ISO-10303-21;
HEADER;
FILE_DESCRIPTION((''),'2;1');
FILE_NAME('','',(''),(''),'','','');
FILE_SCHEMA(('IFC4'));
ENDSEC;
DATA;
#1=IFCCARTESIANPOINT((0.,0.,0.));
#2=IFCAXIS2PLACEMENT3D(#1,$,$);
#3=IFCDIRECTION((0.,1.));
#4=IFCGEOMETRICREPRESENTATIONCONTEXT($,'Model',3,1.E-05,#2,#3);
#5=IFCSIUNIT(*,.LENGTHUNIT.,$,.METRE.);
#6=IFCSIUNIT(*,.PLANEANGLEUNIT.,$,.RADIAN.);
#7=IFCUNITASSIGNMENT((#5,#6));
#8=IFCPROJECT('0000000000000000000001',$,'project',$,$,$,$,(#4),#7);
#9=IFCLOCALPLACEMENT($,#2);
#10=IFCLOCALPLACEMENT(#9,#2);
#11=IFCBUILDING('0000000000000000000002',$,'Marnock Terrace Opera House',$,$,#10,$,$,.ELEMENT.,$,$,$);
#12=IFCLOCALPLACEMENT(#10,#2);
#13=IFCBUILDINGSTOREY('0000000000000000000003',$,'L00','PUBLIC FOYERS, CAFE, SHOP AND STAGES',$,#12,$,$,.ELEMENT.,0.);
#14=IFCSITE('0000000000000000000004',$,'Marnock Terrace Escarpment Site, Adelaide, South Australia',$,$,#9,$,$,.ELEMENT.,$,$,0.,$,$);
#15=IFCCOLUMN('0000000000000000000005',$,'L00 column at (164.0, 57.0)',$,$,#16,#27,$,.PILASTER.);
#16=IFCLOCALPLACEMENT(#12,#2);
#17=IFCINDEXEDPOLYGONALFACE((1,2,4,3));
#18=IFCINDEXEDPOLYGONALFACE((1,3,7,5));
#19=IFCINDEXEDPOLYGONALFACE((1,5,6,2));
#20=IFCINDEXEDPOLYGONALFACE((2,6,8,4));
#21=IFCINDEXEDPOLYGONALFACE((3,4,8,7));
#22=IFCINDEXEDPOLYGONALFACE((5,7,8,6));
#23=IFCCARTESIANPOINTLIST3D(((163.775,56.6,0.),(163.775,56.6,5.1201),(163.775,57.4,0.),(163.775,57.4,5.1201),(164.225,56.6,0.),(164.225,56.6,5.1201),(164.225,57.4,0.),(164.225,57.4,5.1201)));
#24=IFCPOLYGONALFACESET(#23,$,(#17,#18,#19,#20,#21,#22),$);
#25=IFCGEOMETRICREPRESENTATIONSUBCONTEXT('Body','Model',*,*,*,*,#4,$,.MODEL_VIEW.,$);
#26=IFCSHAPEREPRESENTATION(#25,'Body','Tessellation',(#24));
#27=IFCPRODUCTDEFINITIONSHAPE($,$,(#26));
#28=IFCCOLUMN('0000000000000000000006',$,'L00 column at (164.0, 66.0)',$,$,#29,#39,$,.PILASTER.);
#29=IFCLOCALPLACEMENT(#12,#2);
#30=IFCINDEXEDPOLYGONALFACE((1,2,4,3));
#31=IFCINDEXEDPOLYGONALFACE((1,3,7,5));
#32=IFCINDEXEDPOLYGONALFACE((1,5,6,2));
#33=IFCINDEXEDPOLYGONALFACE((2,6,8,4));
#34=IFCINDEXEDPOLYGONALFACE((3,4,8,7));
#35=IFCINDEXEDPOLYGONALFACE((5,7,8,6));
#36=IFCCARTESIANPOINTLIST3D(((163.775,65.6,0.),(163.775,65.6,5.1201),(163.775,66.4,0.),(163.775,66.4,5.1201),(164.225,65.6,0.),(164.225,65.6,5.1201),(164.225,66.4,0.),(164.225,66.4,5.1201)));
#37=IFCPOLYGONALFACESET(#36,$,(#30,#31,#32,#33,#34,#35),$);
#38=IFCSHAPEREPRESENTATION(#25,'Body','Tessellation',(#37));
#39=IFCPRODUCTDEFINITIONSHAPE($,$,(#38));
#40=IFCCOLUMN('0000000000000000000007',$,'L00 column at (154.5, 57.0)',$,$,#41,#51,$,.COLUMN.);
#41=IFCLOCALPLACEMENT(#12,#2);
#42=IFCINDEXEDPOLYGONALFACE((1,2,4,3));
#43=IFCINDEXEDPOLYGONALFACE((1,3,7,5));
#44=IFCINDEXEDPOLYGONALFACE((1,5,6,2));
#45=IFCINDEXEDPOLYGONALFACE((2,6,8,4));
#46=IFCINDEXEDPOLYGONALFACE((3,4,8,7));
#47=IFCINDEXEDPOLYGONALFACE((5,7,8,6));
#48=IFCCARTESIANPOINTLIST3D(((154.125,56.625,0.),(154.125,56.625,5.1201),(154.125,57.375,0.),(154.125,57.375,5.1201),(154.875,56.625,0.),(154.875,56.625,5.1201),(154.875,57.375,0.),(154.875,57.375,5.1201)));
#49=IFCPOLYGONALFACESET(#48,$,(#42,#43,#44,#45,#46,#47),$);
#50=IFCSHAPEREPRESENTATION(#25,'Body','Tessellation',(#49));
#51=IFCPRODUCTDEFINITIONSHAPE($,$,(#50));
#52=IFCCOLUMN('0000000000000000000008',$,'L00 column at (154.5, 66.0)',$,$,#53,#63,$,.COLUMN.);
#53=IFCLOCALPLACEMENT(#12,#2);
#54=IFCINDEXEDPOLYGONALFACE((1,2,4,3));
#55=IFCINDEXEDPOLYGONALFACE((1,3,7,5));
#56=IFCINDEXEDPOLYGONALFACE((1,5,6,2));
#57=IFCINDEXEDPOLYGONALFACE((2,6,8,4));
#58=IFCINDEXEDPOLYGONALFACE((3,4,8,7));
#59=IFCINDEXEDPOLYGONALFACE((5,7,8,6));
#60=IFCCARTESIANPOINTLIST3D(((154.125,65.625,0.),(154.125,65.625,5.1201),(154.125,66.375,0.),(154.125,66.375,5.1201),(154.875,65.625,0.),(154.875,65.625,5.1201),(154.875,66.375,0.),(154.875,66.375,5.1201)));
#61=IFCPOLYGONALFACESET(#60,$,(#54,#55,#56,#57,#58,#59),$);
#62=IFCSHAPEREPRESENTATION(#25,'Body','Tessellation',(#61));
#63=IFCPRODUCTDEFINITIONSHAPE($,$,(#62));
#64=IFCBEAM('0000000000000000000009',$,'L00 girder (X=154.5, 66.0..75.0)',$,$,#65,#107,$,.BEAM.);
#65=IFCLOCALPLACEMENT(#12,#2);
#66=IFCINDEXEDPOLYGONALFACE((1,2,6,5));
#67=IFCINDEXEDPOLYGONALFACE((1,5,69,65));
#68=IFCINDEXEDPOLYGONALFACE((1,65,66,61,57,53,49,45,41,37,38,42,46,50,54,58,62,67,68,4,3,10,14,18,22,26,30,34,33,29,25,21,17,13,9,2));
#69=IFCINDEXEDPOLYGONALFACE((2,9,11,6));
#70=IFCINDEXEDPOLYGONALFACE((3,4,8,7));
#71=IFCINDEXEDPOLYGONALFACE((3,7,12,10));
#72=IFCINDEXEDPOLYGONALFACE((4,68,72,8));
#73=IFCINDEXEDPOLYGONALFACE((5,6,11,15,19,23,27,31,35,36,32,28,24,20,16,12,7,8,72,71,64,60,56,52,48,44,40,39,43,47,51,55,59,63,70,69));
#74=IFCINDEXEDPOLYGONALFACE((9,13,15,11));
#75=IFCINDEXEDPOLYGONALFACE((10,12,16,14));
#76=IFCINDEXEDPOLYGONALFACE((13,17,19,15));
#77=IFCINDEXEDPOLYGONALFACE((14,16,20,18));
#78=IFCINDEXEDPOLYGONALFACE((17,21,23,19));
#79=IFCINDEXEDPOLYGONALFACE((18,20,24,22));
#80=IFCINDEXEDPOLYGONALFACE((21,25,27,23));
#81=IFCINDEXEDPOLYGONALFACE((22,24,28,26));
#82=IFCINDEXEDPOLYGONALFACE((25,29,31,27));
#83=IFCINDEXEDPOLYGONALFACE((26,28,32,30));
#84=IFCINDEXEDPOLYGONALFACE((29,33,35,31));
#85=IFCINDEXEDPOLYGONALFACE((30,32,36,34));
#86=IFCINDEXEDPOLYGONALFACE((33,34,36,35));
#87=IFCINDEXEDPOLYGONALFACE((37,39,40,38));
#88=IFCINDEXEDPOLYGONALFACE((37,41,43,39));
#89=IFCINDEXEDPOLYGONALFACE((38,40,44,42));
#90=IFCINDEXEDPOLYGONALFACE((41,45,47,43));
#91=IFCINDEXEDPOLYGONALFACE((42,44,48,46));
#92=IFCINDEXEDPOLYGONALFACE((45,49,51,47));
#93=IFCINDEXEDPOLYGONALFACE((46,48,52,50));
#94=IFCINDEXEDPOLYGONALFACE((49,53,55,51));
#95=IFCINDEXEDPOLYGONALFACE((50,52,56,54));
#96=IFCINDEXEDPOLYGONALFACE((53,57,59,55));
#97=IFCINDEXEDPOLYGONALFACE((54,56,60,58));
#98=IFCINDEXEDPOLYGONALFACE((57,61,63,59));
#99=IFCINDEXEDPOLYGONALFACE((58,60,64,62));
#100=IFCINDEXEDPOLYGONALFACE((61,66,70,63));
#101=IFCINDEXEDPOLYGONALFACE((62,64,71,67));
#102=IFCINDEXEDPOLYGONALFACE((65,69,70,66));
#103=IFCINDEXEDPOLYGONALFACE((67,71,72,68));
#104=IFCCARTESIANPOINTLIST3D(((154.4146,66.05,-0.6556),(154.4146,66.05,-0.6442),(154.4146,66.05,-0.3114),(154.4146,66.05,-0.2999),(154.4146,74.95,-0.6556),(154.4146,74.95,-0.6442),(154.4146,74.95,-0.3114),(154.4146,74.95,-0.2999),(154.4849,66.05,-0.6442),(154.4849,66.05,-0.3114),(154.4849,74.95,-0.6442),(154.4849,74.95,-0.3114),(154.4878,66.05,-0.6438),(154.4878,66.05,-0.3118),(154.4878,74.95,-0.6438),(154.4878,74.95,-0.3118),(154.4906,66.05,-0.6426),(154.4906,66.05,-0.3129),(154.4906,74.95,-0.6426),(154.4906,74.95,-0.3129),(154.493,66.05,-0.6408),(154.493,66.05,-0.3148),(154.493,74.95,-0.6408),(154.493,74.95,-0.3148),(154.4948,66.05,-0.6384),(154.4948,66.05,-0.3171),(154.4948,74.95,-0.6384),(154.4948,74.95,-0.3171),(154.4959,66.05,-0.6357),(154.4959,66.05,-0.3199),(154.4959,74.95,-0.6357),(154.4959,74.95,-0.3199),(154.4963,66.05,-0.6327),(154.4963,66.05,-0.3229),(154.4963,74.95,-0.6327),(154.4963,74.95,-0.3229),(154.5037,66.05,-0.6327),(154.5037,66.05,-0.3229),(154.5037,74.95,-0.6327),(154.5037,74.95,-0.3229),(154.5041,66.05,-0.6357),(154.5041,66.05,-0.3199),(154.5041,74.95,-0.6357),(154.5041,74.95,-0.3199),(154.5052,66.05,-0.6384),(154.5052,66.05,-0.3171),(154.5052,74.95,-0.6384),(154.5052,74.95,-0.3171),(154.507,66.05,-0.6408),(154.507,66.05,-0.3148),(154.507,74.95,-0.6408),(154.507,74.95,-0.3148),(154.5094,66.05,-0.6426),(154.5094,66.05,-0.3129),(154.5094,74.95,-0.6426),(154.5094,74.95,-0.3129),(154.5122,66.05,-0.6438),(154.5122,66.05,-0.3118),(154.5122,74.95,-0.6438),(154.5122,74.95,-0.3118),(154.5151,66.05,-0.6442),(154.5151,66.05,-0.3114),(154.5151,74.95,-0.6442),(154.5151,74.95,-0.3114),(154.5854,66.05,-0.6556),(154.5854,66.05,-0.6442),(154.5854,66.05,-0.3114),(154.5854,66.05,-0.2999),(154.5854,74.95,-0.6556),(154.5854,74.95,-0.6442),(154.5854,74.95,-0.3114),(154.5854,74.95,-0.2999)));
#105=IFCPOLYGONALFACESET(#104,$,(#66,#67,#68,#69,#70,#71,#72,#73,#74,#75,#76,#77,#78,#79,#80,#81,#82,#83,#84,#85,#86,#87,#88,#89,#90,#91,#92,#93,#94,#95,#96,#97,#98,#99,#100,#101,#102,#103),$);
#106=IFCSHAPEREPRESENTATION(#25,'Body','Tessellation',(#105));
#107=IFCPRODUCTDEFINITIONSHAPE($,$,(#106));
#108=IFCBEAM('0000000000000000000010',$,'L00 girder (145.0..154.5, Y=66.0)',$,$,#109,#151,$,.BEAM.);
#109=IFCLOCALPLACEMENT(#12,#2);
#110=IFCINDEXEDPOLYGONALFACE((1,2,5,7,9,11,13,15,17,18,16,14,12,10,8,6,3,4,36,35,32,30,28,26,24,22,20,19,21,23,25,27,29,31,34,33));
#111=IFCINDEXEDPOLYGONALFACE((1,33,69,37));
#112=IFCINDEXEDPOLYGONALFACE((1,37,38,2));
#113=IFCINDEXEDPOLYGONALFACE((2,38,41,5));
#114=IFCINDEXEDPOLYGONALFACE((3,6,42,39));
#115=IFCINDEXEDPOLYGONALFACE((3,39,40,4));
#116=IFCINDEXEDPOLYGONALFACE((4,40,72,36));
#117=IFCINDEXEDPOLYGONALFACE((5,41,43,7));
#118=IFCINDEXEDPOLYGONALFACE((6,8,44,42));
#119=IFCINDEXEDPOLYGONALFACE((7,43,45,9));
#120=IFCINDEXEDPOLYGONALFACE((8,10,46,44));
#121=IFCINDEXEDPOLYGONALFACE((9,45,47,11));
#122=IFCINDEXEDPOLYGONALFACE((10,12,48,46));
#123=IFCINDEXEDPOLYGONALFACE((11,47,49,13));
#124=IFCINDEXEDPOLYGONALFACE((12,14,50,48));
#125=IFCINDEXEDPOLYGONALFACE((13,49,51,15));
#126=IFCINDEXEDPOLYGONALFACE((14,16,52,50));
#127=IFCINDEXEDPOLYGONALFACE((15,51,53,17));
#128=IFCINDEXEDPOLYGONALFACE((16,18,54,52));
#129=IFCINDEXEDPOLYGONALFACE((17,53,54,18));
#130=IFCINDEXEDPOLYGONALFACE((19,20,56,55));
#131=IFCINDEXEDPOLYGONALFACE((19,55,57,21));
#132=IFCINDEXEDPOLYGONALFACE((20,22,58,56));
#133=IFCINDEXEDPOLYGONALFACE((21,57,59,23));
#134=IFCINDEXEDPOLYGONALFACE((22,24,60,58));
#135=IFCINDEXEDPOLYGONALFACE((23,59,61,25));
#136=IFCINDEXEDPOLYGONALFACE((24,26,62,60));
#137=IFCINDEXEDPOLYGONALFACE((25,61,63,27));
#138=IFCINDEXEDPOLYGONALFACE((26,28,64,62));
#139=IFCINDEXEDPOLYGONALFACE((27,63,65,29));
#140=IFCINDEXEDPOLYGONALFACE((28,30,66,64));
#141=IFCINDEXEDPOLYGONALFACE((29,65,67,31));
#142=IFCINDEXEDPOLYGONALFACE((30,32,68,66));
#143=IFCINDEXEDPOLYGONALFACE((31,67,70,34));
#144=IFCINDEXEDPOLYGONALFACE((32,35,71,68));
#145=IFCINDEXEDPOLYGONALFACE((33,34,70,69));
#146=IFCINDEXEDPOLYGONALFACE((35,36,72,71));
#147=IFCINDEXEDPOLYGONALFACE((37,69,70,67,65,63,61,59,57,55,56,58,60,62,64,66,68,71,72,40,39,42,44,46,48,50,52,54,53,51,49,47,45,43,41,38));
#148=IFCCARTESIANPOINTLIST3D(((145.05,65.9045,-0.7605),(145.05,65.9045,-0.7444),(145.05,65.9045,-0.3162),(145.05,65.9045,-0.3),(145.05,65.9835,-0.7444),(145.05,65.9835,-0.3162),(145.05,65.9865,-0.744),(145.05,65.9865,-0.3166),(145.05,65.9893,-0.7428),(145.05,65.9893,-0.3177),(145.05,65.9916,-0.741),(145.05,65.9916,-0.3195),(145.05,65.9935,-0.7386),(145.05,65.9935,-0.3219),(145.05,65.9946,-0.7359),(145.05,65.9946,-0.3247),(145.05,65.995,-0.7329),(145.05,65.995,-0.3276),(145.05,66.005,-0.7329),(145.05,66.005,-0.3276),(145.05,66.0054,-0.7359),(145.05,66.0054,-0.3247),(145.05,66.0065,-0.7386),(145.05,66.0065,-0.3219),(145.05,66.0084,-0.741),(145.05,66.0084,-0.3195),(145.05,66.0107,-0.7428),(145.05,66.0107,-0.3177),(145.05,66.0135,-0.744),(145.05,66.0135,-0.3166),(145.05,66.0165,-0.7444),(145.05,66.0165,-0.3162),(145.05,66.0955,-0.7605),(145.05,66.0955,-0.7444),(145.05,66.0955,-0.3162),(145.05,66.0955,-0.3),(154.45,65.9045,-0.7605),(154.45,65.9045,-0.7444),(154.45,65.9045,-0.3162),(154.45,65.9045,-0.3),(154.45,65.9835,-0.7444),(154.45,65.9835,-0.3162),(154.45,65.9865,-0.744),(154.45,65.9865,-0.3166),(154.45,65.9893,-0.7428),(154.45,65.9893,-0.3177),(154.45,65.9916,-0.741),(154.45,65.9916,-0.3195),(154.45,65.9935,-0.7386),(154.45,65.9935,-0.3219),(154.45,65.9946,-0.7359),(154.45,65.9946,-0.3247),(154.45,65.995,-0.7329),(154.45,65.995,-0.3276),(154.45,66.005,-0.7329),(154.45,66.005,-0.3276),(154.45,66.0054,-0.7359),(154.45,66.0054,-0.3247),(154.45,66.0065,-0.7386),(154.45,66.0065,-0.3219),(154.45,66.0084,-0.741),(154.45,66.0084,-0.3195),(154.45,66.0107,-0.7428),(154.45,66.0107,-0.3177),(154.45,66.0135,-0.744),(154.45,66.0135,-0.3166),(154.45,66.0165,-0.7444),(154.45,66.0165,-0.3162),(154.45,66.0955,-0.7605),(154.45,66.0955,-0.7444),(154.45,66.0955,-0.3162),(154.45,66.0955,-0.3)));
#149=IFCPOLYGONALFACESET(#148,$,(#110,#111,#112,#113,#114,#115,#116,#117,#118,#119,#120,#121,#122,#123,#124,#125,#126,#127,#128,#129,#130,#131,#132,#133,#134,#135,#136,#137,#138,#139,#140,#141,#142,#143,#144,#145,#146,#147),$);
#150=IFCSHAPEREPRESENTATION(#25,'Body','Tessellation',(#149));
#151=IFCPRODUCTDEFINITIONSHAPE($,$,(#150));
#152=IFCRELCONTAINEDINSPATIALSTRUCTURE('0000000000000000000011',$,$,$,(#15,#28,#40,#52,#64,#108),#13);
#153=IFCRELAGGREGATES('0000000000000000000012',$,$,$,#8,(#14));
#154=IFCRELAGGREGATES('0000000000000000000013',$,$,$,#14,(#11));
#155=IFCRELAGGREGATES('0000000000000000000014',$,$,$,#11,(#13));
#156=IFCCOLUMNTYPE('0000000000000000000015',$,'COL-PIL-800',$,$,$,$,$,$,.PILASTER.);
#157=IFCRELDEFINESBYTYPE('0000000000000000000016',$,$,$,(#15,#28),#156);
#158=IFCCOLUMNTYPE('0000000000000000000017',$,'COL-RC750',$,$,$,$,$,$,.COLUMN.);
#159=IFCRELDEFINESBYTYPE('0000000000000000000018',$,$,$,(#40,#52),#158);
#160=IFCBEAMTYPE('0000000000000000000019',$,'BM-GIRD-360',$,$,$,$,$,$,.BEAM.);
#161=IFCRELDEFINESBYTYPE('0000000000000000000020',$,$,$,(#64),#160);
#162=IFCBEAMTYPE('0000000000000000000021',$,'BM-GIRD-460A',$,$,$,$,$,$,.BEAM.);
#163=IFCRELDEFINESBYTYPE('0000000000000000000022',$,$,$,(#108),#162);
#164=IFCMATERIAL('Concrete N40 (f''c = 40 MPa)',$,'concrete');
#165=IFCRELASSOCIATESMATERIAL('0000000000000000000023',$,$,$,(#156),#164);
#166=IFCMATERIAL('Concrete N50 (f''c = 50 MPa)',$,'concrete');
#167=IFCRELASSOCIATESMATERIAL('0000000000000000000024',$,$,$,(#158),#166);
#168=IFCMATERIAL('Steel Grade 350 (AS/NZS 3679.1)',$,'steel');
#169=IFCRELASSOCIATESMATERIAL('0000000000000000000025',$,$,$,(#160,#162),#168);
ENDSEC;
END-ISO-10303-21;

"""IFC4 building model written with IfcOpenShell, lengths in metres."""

from ifc_helpers import new_model, si_unit, direction, frame, origin, origin_2d, place, context, subcontext, project, spatial, rectangle, i_section, extrude, material, material_profile, profile_set, type_object, element, save


model = new_model("IFC4")

# Units and contexts
model_context = context("Model", 3, precision=1e-05, world=origin(), true_north=direction((0.0, 1.0)))
body_context = subcontext(model_context, "Body", "Model", "MODEL_VIEW")
ifc_project = project(units=[si_unit("LENGTHUNIT", "METRE"), si_unit("PLANEANGLEUNIT", "RADIAN")], contexts=[model_context])

# Site, building, storey
site_placement = place(None, origin())
site = spatial("IfcSite", under=ifc_project, at=site_placement, Name="Marnock Terrace Escarpment Site, Adelaide, South Australia", CompositionType="ELEMENT", RefElevation=0.0)
building_placement = place(site_placement, origin())
building = spatial("IfcBuilding", under=site, at=building_placement, Name="Marnock Terrace Opera House", CompositionType="ELEMENT")
storey_placement = place(building_placement, origin())
storey = spatial("IfcBuildingStorey", under=building, at=storey_placement, Name="L00", Description="PUBLIC FOYERS, CAFE, SHOP AND STAGES", CompositionType="ELEMENT", Elevation=0.0)

# Columns
ifc_material_1 = material(Name="Concrete N40 (f'c = 40 MPa)", Category="concrete")
ifc_material_profile_1 = material_profile(ifc_material_1, rectangle(XDim=0.45, YDim=0.8, at=origin_2d()))
ifc_profile_set_1 = profile_set([ifc_material_profile_1], Name="Concrete N40 (f'c = 40 MPa)")
column_type_1 = type_object("IfcColumnType", Name="COL-PIL-800", PredefinedType="PILASTER", material=ifc_profile_set_1)
for number, where, z_axis, x_axis, name in (
    (1, (164.0, 57.0, 0.0), (0.0, 0.0, 1.0), (1.0, 0.0, 0.0), "L00 column at (164.0, 57.0)"),
    (2, (164.0, 66.0, 0.0), (0.0, 0.0, 1.0), (1.0, 0.0, 0.0), "L00 column at (164.0, 66.0)"),
):
    element("IfcColumn", number, at=place(storey_placement, frame(where, z_axis=z_axis, x_axis=x_axis)), inside=storey, type_object=column_type_1, Name=name, PredefinedType="PILASTER", context=body_context, shape_type="SweptSolid", body=[
        extrude(rectangle(XDim=0.45, YDim=0.8, at=origin_2d()), origin(), (0.0, 0.0, 1.0), 5.1201),
    ])
ifc_material_2 = material(Name="Concrete N50 (f'c = 50 MPa)", Category="concrete")
ifc_material_profile_2 = material_profile(ifc_material_2, rectangle(XDim=0.75, YDim=0.75, at=origin_2d()))
ifc_profile_set_2 = profile_set([ifc_material_profile_2], Name="Concrete N50 (f'c = 50 MPa)")
column_type_2 = type_object("IfcColumnType", Name="COL-RC750", PredefinedType="COLUMN", material=ifc_profile_set_2)
for number, where, z_axis, x_axis, name in (
    (3, (154.5, 57.0, 0.0), (0.0, 0.0, 1.0), (1.0, 0.0, 0.0), "L00 column at (154.5, 57.0)"),
    (4, (154.5, 66.0, 0.0), (0.0, 0.0, 1.0), (1.0, 0.0, 0.0), "L00 column at (154.5, 66.0)"),
):
    element("IfcColumn", number, at=place(storey_placement, frame(where, z_axis=z_axis, x_axis=x_axis)), inside=storey, type_object=column_type_2, Name=name, PredefinedType="COLUMN", context=body_context, shape_type="SweptSolid", body=[
        extrude(rectangle(XDim=0.75, YDim=0.75, at=origin_2d()), origin(), (0.0, 0.0, 1.0), 5.1201),
    ])

# Beams
ifc_material_3 = material(Name="Steel Grade 350 (AS/NZS 3679.1)", Category="steel")
ifc_material_profile_3 = material_profile(ifc_material_3, i_section(OverallWidth=0.1709, OverallDepth=0.3557, WebThickness=0.0073, FlangeThickness=0.0115, FilletRadius=0.0115, at=origin_2d()))
ifc_profile_set_3 = profile_set([ifc_material_profile_3], Name="Steel Grade 350 (AS/NZS 3679.1)")
beam_type_1 = type_object("IfcBeamType", Name="BM-GIRD-360", PredefinedType="BEAM", material=ifc_profile_set_3)
beam_1_placement = place(storey_placement, frame((154.5, 66.05, -0.4778), z_axis=(0.0, 1.0, 0.0), x_axis=(-1.0, 0.0, 0.0)))
element("IfcBeam", 5, at=beam_1_placement, inside=storey, type_object=beam_type_1, Name="L00 girder (X=154.5, 66.0..75.0)", PredefinedType="BEAM", context=body_context, shape_type="SweptSolid", body=[
    extrude(i_section(OverallWidth=0.1709, OverallDepth=0.3557, WebThickness=0.0073, FlangeThickness=0.0115, FilletRadius=0.0115, at=origin_2d()), origin(), (0.0, 0.0, 1.0), 8.8999),
])
ifc_material_profile_4 = material_profile(ifc_material_3, i_section(OverallWidth=0.1909, OverallDepth=0.4604, WebThickness=0.01, FlangeThickness=0.0161, FilletRadius=0.0115, at=origin_2d()))
ifc_profile_set_4 = profile_set([ifc_material_profile_4], Name="Steel Grade 350 (AS/NZS 3679.1)")
beam_type_2 = type_object("IfcBeamType", Name="BM-GIRD-460A", PredefinedType="BEAM", material=ifc_profile_set_4)
beam_2_placement = place(storey_placement, frame((145.05, 66.0, -0.5303), z_axis=(1.0, 0.0, 0.0), x_axis=(0.0, 1.0, 0.0)))
element("IfcBeam", 6, at=beam_2_placement, inside=storey, type_object=beam_type_2, Name="L00 girder (145.0..154.5, Y=66.0)", PredefinedType="BEAM", context=body_context, shape_type="SweptSolid", body=[
    extrude(i_section(OverallWidth=0.1909, OverallDepth=0.4604, WebThickness=0.01, FlangeThickness=0.0161, FilletRadius=0.0115, at=origin_2d()), origin(), (0.0, 0.0, 1.0), 9.3999),
])

save(model, "model.ifc")
